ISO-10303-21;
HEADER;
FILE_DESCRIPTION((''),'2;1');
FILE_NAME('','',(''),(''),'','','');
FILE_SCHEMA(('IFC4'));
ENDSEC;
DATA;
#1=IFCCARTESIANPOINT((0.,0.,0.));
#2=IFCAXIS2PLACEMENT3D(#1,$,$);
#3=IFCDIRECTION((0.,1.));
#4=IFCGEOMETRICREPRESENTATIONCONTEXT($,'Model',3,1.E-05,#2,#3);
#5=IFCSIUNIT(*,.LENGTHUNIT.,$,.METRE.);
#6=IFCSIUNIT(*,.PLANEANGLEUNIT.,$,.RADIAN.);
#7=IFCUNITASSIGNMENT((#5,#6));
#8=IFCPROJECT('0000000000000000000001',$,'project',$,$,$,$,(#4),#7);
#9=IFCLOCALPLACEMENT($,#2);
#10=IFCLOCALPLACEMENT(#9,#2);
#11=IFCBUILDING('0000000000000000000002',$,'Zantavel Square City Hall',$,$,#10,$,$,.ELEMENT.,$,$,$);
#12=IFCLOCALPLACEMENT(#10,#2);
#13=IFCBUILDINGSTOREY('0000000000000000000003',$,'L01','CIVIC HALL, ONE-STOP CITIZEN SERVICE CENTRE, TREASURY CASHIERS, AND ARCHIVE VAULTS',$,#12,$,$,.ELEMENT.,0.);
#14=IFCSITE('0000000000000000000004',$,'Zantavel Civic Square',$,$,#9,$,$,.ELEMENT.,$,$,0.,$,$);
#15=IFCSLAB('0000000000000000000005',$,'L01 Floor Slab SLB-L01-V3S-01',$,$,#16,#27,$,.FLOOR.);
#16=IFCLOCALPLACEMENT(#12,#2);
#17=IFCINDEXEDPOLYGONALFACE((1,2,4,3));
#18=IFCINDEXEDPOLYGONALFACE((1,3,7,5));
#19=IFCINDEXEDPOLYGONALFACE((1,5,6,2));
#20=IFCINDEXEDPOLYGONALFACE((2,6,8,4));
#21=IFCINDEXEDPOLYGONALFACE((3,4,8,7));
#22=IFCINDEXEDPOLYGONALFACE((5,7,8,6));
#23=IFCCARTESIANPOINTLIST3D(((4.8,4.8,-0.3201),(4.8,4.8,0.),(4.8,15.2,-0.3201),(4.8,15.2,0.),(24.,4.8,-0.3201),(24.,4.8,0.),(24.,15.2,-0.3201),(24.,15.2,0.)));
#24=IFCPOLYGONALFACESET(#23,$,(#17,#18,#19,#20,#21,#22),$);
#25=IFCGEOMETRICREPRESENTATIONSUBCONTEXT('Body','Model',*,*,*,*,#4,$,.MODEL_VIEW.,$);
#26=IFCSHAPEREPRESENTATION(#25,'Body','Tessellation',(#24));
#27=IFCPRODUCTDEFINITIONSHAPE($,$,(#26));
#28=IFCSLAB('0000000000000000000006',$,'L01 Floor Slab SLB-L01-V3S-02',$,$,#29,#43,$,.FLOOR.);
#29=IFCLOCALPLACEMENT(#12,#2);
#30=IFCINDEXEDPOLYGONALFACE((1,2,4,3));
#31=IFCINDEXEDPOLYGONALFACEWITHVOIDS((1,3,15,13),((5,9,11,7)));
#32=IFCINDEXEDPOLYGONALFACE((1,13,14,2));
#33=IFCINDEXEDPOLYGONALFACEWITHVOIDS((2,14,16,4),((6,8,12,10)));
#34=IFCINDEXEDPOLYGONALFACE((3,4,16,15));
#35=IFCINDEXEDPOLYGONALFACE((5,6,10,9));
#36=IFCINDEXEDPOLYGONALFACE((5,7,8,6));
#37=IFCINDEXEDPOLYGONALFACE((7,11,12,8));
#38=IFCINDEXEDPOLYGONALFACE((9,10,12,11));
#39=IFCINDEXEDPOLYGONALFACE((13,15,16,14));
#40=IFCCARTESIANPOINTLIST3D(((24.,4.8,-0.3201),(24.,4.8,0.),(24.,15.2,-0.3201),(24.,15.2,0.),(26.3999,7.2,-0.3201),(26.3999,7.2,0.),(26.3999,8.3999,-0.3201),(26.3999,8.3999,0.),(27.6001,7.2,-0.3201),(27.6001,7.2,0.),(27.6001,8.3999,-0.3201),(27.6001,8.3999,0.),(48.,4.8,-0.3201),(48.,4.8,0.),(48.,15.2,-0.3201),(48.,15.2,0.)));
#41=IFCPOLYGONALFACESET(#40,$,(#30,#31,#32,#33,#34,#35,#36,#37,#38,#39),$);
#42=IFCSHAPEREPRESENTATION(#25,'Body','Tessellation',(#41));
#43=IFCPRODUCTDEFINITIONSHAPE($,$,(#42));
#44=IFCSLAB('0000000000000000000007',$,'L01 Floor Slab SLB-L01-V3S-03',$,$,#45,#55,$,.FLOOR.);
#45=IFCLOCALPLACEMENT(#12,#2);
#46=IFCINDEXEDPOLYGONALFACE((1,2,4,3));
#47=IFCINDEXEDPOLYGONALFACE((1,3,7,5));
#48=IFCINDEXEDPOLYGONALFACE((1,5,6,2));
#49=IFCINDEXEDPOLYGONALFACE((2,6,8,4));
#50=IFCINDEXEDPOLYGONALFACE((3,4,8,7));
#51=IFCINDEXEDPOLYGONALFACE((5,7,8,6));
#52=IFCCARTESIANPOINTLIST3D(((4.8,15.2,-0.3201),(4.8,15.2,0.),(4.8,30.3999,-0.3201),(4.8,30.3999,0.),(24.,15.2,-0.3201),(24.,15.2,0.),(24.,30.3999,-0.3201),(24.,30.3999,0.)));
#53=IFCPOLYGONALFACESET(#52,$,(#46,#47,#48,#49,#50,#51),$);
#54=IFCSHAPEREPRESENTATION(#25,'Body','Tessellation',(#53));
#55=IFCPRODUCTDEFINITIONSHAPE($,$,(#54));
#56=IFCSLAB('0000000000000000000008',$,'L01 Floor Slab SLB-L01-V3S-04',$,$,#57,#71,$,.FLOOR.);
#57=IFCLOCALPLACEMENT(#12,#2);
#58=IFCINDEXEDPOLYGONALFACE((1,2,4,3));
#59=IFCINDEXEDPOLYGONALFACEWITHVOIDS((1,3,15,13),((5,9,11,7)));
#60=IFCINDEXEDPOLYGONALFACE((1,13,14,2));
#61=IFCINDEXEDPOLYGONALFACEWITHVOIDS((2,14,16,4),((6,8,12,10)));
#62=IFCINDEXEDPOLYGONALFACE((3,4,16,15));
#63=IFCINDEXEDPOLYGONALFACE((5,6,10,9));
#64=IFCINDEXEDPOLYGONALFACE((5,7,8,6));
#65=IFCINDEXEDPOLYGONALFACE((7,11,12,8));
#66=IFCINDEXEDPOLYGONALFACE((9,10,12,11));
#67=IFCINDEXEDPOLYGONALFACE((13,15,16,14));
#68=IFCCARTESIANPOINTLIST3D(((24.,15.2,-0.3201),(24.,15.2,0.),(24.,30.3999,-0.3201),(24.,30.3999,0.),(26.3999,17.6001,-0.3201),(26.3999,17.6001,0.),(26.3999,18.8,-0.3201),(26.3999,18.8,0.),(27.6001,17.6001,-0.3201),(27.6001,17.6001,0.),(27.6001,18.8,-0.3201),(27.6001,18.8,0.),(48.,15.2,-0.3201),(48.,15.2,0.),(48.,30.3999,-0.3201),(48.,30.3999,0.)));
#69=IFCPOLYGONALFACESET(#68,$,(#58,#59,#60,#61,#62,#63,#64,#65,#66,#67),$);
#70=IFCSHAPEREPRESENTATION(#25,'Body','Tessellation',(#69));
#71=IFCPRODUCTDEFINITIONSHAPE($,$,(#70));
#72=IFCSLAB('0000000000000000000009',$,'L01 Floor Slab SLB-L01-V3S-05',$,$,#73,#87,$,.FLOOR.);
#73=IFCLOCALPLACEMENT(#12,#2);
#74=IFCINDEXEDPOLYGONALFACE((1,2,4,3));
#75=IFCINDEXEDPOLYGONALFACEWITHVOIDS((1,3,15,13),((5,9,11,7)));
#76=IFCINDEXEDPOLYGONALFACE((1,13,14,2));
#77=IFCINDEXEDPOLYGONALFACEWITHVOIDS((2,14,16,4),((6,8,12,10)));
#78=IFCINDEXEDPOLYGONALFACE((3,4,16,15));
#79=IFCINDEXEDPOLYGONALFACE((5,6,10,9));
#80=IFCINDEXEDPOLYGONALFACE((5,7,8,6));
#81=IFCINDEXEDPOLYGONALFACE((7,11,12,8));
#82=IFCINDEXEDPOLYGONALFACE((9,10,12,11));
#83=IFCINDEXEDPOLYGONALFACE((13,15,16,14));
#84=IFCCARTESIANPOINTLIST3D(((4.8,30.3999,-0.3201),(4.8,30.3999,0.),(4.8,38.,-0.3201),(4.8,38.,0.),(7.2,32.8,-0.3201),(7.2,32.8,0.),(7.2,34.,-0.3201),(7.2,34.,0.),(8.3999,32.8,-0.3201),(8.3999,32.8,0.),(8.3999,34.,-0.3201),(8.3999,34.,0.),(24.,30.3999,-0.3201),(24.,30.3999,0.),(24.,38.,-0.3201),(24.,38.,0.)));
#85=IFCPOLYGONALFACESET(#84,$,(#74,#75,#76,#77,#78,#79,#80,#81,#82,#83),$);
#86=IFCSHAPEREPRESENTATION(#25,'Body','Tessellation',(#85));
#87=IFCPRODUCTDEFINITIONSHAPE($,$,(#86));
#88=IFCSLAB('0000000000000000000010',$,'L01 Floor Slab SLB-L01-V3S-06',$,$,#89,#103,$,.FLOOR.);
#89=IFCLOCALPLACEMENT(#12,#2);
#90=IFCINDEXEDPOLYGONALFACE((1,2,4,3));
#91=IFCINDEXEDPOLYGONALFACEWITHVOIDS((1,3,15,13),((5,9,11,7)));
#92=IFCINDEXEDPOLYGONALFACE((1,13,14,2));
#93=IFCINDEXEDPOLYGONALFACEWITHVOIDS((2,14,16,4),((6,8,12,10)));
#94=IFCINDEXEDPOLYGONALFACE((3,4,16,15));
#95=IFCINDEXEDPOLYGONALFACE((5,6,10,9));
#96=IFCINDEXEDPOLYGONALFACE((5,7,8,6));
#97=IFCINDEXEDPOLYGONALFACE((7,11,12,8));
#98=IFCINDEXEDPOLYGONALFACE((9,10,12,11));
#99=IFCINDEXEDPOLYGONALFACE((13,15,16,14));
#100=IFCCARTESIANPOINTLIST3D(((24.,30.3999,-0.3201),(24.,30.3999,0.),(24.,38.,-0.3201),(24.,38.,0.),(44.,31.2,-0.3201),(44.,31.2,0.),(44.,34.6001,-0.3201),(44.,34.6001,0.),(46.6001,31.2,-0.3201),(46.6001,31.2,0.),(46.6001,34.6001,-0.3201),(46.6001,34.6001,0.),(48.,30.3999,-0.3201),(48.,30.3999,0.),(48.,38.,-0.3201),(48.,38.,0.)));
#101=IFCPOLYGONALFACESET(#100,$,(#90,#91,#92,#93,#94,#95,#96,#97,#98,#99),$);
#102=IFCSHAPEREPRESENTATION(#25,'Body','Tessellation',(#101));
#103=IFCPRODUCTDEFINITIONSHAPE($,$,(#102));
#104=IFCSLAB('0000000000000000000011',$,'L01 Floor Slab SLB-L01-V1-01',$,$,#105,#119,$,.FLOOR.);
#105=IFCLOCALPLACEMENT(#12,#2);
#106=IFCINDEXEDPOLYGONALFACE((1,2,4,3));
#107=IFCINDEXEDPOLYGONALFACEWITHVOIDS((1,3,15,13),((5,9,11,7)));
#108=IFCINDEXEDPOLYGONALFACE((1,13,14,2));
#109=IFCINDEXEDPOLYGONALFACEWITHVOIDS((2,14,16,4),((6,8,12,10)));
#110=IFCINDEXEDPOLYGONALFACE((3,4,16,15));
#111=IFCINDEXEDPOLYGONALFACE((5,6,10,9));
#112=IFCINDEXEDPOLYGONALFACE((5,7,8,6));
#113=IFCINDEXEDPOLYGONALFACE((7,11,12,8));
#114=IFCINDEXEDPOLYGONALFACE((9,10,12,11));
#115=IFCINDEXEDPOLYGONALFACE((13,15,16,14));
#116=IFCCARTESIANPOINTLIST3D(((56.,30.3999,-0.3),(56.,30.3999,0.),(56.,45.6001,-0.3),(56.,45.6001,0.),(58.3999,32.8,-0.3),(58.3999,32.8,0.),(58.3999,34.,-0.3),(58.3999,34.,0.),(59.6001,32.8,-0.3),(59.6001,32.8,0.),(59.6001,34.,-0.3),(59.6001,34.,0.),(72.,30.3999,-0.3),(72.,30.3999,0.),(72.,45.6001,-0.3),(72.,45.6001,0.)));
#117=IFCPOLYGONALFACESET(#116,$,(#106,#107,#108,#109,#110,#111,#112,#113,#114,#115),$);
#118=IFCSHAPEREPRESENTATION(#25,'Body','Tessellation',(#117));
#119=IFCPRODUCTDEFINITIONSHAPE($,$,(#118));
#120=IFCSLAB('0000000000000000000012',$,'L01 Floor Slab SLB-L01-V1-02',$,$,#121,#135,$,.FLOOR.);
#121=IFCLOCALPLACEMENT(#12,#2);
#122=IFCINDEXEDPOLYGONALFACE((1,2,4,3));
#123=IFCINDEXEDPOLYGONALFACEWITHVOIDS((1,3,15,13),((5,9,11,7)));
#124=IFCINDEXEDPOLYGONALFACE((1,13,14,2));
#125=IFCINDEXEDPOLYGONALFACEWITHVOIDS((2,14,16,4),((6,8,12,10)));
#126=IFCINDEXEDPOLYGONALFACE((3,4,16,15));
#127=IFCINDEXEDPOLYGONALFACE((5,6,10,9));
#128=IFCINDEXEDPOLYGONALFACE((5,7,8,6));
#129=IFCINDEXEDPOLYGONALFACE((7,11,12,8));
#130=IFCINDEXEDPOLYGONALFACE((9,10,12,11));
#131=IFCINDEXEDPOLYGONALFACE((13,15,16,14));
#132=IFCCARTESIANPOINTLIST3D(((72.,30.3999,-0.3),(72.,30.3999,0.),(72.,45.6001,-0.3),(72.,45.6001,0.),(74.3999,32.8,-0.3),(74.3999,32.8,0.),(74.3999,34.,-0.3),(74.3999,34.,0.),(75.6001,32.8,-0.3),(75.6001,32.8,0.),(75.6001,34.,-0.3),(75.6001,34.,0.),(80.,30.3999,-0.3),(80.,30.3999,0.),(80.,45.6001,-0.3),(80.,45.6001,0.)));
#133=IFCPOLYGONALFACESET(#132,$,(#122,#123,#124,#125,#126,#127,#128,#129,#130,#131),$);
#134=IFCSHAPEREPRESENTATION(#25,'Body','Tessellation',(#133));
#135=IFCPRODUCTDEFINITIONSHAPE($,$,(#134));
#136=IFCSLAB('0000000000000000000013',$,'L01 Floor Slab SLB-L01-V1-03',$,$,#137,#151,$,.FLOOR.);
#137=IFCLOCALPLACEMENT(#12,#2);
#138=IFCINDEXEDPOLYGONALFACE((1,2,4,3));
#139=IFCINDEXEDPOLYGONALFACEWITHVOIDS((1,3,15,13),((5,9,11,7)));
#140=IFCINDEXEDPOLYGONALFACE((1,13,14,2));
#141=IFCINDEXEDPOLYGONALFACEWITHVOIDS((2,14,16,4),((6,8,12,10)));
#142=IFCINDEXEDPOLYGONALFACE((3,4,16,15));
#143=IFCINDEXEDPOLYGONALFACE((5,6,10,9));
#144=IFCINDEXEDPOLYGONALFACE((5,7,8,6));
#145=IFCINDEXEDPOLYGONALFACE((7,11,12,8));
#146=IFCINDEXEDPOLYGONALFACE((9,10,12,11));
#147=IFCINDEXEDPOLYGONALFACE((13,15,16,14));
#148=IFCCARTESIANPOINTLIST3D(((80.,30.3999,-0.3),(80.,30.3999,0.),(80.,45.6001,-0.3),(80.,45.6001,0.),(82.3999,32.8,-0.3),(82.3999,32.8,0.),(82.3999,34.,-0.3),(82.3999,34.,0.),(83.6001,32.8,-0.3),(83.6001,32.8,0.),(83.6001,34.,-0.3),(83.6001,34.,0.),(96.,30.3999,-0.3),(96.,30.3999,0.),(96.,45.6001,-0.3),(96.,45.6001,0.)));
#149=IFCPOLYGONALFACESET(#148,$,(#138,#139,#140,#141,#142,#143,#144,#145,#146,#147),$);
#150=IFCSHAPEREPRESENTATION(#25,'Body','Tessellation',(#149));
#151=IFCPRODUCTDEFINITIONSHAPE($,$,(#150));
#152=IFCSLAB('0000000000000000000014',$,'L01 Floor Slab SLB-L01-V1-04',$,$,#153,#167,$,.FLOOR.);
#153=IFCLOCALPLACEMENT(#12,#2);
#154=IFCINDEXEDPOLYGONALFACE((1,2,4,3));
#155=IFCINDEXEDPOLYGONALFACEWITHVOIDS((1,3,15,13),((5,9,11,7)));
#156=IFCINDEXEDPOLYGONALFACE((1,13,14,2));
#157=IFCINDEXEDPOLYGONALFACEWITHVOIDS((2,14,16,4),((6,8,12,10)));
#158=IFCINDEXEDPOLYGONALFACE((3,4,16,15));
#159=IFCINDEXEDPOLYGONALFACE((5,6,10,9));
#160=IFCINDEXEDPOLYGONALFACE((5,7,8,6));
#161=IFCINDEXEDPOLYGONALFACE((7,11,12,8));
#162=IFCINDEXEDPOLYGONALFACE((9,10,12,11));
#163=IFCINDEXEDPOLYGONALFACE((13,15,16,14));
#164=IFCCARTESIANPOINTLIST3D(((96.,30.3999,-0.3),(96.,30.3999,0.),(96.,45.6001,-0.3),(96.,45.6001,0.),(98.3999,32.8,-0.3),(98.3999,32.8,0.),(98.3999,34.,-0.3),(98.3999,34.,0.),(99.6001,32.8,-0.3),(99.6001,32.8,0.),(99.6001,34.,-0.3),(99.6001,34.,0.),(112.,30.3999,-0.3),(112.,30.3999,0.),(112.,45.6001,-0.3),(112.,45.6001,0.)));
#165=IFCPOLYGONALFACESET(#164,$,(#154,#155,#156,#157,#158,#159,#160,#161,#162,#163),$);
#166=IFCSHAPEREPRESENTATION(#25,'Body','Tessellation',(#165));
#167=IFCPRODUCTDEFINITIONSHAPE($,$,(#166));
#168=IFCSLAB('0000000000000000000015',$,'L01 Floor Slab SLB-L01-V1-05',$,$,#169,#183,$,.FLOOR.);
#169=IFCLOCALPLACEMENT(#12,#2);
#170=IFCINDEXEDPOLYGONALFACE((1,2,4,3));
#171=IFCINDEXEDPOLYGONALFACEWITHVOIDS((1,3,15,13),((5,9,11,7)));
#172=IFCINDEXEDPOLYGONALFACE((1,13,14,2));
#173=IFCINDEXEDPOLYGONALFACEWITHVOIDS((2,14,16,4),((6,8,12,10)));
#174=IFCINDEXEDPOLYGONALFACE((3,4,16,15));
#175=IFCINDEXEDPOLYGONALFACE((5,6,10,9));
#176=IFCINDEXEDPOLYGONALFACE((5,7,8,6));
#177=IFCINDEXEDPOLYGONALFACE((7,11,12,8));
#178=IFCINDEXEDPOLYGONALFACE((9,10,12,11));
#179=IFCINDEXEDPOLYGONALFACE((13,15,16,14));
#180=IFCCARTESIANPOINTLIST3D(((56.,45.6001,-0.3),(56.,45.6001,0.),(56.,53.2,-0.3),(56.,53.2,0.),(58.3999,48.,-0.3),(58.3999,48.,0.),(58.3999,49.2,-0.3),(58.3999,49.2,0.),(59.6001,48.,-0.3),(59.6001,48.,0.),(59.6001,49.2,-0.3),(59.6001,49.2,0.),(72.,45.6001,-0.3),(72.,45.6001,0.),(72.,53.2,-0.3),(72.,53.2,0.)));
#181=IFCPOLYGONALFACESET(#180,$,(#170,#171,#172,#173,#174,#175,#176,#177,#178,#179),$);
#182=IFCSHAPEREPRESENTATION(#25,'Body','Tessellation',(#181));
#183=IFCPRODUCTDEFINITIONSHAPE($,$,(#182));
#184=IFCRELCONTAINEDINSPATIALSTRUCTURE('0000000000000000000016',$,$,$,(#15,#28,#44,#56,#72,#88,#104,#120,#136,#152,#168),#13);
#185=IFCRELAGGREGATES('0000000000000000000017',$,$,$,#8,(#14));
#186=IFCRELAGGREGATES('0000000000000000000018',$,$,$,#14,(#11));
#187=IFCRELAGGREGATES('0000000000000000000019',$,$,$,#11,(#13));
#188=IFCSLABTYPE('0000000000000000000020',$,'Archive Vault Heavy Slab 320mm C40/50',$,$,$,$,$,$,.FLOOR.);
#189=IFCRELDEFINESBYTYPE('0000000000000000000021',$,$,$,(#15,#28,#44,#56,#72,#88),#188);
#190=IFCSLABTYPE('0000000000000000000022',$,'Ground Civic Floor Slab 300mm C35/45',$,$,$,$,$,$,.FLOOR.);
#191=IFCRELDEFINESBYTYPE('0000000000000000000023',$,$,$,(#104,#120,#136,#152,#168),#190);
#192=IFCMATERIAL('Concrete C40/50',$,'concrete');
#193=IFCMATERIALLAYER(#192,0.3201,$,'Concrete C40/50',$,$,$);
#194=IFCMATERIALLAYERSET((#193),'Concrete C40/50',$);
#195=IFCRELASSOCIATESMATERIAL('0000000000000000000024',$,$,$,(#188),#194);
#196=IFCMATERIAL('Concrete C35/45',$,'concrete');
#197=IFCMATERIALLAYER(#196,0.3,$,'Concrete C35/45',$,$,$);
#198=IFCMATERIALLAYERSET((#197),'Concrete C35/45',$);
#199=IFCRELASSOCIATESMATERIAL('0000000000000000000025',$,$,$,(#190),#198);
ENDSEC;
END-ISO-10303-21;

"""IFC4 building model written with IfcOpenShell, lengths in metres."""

from ifc_helpers import new_model, si_unit, direction, frame, origin, place, context, subcontext, project, spatial, polyline, outline, extrude, material, layer, layer_set, type_object, element, save


model = new_model("IFC4")

# Units and contexts
model_context = context("Model", 3, precision=1e-05, world=origin(), true_north=direction((0.0, 1.0)))
body_context = subcontext(model_context, "Body", "Model", "MODEL_VIEW")
ifc_project = project(units=[si_unit("LENGTHUNIT", "METRE"), si_unit("PLANEANGLEUNIT", "RADIAN")], contexts=[model_context])

# Site, building, storey
site_placement = place(None, origin())
site = spatial("IfcSite", under=ifc_project, at=site_placement, Name="Zantavel Civic Square", CompositionType="ELEMENT", RefElevation=0.0)
building_placement = place(site_placement, origin())
building = spatial("IfcBuilding", under=site, at=building_placement, Name="Zantavel Square City Hall", CompositionType="ELEMENT")
storey_placement = place(building_placement, origin())
storey = spatial("IfcBuildingStorey", under=building, at=storey_placement, Name="L01", Description="CIVIC HALL, ONE-STOP CITIZEN SERVICE CENTRE, TREASURY CASHIERS, AND ARCHIVE VAULTS", CompositionType="ELEMENT", Elevation=0.0)

# Slabs
ifc_material_1 = material(Name="Concrete C40/50", Category="concrete")
ifc_layer_1 = layer(ifc_material_1, 0.3201, Name="Concrete C40/50")
ifc_layer_set_1 = layer_set([ifc_layer_1], Name="Concrete C40/50")
slab_type_1 = type_object("IfcSlabType", Name="Archive Vault Heavy Slab 320mm C40/50", PredefinedType="FLOOR", material=ifc_layer_set_1)
slab_1_placement = place(storey_placement, frame((0.0, 0.0, -0.3201)))
element("IfcSlab", 1, at=slab_1_placement, inside=storey, type_object=slab_type_1, Name="L01 Floor Slab SLB-L01-V3S-01", PredefinedType="FLOOR", context=body_context, shape_type="SweptSolid", body=[
    extrude(outline(polyline([(4.8, 4.8), (4.8, 15.2), (24.0, 15.2), (24.0, 4.8), (4.8, 4.8)])), origin(), (0.0, 0.0, 1.0), 0.3201),
])
slab_2_placement = place(storey_placement, frame((0.0, 0.0, -0.3201)))
element("IfcSlab", 2, at=slab_2_placement, inside=storey, type_object=slab_type_1, Name="L01 Floor Slab SLB-L01-V3S-02", PredefinedType="FLOOR", context=body_context, shape_type="SweptSolid", body=[
    extrude(outline(polyline([(48.0, 4.8), (24.0, 4.8), (24.0, 15.2), (48.0, 15.2), (48.0, 4.8)]), holes=[polyline([(27.6001, 8.3999), (26.3999, 8.3999), (26.3999, 7.2), (27.6001, 7.2), (27.6001, 8.3999)])]), origin(), (0.0, 0.0, 1.0), 0.3201),
])
slab_3_placement = place(storey_placement, frame((0.0, 0.0, -0.3201)))
element("IfcSlab", 3, at=slab_3_placement, inside=storey, type_object=slab_type_1, Name="L01 Floor Slab SLB-L01-V3S-03", PredefinedType="FLOOR", context=body_context, shape_type="SweptSolid", body=[
    extrude(outline(polyline([(4.8, 30.3999), (24.0, 30.3999), (24.0, 15.2), (4.8, 15.2), (4.8, 30.3999)])), origin(), (0.0, 0.0, 1.0), 0.3201),
])
slab_4_placement = place(storey_placement, frame((0.0, 0.0, -0.3201)))
element("IfcSlab", 4, at=slab_4_placement, inside=storey, type_object=slab_type_1, Name="L01 Floor Slab SLB-L01-V3S-04", PredefinedType="FLOOR", context=body_context, shape_type="SweptSolid", body=[
    extrude(outline(polyline([(48.0, 15.2), (24.0, 15.2), (24.0, 30.3999), (48.0, 30.3999), (48.0, 15.2)]), holes=[polyline([(27.6001, 18.8), (26.3999, 18.8), (26.3999, 17.6001), (27.6001, 17.6001), (27.6001, 18.8)])]), origin(), (0.0, 0.0, 1.0), 0.3201),
])
slab_5_placement = place(storey_placement, frame((0.0, 0.0, -0.3201)))
element("IfcSlab", 5, at=slab_5_placement, inside=storey, type_object=slab_type_1, Name="L01 Floor Slab SLB-L01-V3S-05", PredefinedType="FLOOR", context=body_context, shape_type="SweptSolid", body=[
    extrude(outline(polyline([(24.0, 38.0), (24.0, 30.3999), (4.8, 30.3999), (4.8, 38.0), (24.0, 38.0)]), holes=[polyline([(8.3999, 34.0), (7.2, 34.0), (7.2, 32.8), (8.3999, 32.8), (8.3999, 34.0)])]), origin(), (0.0, 0.0, 1.0), 0.3201),
])
slab_6_placement = place(storey_placement, frame((0.0, 0.0, -0.3201)))
element("IfcSlab", 6, at=slab_6_placement, inside=storey, type_object=slab_type_1, Name="L01 Floor Slab SLB-L01-V3S-06", PredefinedType="FLOOR", context=body_context, shape_type="SweptSolid", body=[
    extrude(outline(polyline([(48.0, 30.3999), (24.0, 30.3999), (24.0, 38.0), (48.0, 38.0), (48.0, 30.3999)]), holes=[polyline([(46.6001, 34.6001), (44.0, 34.6001), (44.0, 31.2), (46.6001, 31.2), (46.6001, 34.6001)])]), origin(), (0.0, 0.0, 1.0), 0.3201),
])
ifc_material_2 = material(Name="Concrete C35/45", Category="concrete")
ifc_layer_2 = layer(ifc_material_2, 0.3, Name="Concrete C35/45")
ifc_layer_set_2 = layer_set([ifc_layer_2], Name="Concrete C35/45")
slab_type_2 = type_object("IfcSlabType", Name="Ground Civic Floor Slab 300mm C35/45", PredefinedType="FLOOR", material=ifc_layer_set_2)
slab_7_placement = place(storey_placement, frame((0.0, 0.0, -0.3)))
element("IfcSlab", 7, at=slab_7_placement, inside=storey, type_object=slab_type_2, Name="L01 Floor Slab SLB-L01-V1-01", PredefinedType="FLOOR", context=body_context, shape_type="SweptSolid", body=[
    extrude(outline(polyline([(56.0, 45.6001), (72.0, 45.6001), (72.0, 30.3999), (56.0, 30.3999), (56.0, 45.6001)]), holes=[polyline([(59.6001, 34.0), (58.3999, 34.0), (58.3999, 32.8), (59.6001, 32.8), (59.6001, 34.0)])]), origin(), (0.0, 0.0, 1.0), 0.3),
])
slab_8_placement = place(storey_placement, frame((0.0, 0.0, -0.3)))
element("IfcSlab", 8, at=slab_8_placement, inside=storey, type_object=slab_type_2, Name="L01 Floor Slab SLB-L01-V1-02", PredefinedType="FLOOR", context=body_context, shape_type="SweptSolid", body=[
    extrude(outline(polyline([(80.0, 30.3999), (72.0, 30.3999), (72.0, 45.6001), (80.0, 45.6001), (80.0, 30.3999)]), holes=[polyline([(75.6001, 34.0), (74.3999, 34.0), (74.3999, 32.8), (75.6001, 32.8), (75.6001, 34.0)])]), origin(), (0.0, 0.0, 1.0), 0.3),
])
slab_9_placement = place(storey_placement, frame((0.0, 0.0, -0.3)))
element("IfcSlab", 9, at=slab_9_placement, inside=storey, type_object=slab_type_2, Name="L01 Floor Slab SLB-L01-V1-03", PredefinedType="FLOOR", context=body_context, shape_type="SweptSolid", body=[
    extrude(outline(polyline([(96.0, 30.3999), (80.0, 30.3999), (80.0, 45.6001), (96.0, 45.6001), (96.0, 30.3999)]), holes=[polyline([(83.6001, 34.0), (82.3999, 34.0), (82.3999, 32.8), (83.6001, 32.8), (83.6001, 34.0)])]), origin(), (0.0, 0.0, 1.0), 0.3),
])
slab_10_placement = place(storey_placement, frame((0.0, 0.0, -0.3)))
element("IfcSlab", 10, at=slab_10_placement, inside=storey, type_object=slab_type_2, Name="L01 Floor Slab SLB-L01-V1-04", PredefinedType="FLOOR", context=body_context, shape_type="SweptSolid", body=[
    extrude(outline(polyline([(112.0, 30.3999), (96.0, 30.3999), (96.0, 45.6001), (112.0, 45.6001), (112.0, 30.3999)]), holes=[polyline([(99.6001, 34.0), (98.3999, 34.0), (98.3999, 32.8), (99.6001, 32.8), (99.6001, 34.0)])]), origin(), (0.0, 0.0, 1.0), 0.3),
])
slab_11_placement = place(storey_placement, frame((0.0, 0.0, -0.3)))
element("IfcSlab", 11, at=slab_11_placement, inside=storey, type_object=slab_type_2, Name="L01 Floor Slab SLB-L01-V1-05", PredefinedType="FLOOR", context=body_context, shape_type="SweptSolid", body=[
    extrude(outline(polyline([(72.0, 53.2), (72.0, 45.6001), (56.0, 45.6001), (56.0, 53.2), (72.0, 53.2)]), holes=[polyline([(59.6001, 49.2), (58.3999, 49.2), (58.3999, 48.0), (59.6001, 48.0), (59.6001, 49.2)])]), origin(), (0.0, 0.0, 1.0), 0.3),
])

save(model, "model.ifc")
